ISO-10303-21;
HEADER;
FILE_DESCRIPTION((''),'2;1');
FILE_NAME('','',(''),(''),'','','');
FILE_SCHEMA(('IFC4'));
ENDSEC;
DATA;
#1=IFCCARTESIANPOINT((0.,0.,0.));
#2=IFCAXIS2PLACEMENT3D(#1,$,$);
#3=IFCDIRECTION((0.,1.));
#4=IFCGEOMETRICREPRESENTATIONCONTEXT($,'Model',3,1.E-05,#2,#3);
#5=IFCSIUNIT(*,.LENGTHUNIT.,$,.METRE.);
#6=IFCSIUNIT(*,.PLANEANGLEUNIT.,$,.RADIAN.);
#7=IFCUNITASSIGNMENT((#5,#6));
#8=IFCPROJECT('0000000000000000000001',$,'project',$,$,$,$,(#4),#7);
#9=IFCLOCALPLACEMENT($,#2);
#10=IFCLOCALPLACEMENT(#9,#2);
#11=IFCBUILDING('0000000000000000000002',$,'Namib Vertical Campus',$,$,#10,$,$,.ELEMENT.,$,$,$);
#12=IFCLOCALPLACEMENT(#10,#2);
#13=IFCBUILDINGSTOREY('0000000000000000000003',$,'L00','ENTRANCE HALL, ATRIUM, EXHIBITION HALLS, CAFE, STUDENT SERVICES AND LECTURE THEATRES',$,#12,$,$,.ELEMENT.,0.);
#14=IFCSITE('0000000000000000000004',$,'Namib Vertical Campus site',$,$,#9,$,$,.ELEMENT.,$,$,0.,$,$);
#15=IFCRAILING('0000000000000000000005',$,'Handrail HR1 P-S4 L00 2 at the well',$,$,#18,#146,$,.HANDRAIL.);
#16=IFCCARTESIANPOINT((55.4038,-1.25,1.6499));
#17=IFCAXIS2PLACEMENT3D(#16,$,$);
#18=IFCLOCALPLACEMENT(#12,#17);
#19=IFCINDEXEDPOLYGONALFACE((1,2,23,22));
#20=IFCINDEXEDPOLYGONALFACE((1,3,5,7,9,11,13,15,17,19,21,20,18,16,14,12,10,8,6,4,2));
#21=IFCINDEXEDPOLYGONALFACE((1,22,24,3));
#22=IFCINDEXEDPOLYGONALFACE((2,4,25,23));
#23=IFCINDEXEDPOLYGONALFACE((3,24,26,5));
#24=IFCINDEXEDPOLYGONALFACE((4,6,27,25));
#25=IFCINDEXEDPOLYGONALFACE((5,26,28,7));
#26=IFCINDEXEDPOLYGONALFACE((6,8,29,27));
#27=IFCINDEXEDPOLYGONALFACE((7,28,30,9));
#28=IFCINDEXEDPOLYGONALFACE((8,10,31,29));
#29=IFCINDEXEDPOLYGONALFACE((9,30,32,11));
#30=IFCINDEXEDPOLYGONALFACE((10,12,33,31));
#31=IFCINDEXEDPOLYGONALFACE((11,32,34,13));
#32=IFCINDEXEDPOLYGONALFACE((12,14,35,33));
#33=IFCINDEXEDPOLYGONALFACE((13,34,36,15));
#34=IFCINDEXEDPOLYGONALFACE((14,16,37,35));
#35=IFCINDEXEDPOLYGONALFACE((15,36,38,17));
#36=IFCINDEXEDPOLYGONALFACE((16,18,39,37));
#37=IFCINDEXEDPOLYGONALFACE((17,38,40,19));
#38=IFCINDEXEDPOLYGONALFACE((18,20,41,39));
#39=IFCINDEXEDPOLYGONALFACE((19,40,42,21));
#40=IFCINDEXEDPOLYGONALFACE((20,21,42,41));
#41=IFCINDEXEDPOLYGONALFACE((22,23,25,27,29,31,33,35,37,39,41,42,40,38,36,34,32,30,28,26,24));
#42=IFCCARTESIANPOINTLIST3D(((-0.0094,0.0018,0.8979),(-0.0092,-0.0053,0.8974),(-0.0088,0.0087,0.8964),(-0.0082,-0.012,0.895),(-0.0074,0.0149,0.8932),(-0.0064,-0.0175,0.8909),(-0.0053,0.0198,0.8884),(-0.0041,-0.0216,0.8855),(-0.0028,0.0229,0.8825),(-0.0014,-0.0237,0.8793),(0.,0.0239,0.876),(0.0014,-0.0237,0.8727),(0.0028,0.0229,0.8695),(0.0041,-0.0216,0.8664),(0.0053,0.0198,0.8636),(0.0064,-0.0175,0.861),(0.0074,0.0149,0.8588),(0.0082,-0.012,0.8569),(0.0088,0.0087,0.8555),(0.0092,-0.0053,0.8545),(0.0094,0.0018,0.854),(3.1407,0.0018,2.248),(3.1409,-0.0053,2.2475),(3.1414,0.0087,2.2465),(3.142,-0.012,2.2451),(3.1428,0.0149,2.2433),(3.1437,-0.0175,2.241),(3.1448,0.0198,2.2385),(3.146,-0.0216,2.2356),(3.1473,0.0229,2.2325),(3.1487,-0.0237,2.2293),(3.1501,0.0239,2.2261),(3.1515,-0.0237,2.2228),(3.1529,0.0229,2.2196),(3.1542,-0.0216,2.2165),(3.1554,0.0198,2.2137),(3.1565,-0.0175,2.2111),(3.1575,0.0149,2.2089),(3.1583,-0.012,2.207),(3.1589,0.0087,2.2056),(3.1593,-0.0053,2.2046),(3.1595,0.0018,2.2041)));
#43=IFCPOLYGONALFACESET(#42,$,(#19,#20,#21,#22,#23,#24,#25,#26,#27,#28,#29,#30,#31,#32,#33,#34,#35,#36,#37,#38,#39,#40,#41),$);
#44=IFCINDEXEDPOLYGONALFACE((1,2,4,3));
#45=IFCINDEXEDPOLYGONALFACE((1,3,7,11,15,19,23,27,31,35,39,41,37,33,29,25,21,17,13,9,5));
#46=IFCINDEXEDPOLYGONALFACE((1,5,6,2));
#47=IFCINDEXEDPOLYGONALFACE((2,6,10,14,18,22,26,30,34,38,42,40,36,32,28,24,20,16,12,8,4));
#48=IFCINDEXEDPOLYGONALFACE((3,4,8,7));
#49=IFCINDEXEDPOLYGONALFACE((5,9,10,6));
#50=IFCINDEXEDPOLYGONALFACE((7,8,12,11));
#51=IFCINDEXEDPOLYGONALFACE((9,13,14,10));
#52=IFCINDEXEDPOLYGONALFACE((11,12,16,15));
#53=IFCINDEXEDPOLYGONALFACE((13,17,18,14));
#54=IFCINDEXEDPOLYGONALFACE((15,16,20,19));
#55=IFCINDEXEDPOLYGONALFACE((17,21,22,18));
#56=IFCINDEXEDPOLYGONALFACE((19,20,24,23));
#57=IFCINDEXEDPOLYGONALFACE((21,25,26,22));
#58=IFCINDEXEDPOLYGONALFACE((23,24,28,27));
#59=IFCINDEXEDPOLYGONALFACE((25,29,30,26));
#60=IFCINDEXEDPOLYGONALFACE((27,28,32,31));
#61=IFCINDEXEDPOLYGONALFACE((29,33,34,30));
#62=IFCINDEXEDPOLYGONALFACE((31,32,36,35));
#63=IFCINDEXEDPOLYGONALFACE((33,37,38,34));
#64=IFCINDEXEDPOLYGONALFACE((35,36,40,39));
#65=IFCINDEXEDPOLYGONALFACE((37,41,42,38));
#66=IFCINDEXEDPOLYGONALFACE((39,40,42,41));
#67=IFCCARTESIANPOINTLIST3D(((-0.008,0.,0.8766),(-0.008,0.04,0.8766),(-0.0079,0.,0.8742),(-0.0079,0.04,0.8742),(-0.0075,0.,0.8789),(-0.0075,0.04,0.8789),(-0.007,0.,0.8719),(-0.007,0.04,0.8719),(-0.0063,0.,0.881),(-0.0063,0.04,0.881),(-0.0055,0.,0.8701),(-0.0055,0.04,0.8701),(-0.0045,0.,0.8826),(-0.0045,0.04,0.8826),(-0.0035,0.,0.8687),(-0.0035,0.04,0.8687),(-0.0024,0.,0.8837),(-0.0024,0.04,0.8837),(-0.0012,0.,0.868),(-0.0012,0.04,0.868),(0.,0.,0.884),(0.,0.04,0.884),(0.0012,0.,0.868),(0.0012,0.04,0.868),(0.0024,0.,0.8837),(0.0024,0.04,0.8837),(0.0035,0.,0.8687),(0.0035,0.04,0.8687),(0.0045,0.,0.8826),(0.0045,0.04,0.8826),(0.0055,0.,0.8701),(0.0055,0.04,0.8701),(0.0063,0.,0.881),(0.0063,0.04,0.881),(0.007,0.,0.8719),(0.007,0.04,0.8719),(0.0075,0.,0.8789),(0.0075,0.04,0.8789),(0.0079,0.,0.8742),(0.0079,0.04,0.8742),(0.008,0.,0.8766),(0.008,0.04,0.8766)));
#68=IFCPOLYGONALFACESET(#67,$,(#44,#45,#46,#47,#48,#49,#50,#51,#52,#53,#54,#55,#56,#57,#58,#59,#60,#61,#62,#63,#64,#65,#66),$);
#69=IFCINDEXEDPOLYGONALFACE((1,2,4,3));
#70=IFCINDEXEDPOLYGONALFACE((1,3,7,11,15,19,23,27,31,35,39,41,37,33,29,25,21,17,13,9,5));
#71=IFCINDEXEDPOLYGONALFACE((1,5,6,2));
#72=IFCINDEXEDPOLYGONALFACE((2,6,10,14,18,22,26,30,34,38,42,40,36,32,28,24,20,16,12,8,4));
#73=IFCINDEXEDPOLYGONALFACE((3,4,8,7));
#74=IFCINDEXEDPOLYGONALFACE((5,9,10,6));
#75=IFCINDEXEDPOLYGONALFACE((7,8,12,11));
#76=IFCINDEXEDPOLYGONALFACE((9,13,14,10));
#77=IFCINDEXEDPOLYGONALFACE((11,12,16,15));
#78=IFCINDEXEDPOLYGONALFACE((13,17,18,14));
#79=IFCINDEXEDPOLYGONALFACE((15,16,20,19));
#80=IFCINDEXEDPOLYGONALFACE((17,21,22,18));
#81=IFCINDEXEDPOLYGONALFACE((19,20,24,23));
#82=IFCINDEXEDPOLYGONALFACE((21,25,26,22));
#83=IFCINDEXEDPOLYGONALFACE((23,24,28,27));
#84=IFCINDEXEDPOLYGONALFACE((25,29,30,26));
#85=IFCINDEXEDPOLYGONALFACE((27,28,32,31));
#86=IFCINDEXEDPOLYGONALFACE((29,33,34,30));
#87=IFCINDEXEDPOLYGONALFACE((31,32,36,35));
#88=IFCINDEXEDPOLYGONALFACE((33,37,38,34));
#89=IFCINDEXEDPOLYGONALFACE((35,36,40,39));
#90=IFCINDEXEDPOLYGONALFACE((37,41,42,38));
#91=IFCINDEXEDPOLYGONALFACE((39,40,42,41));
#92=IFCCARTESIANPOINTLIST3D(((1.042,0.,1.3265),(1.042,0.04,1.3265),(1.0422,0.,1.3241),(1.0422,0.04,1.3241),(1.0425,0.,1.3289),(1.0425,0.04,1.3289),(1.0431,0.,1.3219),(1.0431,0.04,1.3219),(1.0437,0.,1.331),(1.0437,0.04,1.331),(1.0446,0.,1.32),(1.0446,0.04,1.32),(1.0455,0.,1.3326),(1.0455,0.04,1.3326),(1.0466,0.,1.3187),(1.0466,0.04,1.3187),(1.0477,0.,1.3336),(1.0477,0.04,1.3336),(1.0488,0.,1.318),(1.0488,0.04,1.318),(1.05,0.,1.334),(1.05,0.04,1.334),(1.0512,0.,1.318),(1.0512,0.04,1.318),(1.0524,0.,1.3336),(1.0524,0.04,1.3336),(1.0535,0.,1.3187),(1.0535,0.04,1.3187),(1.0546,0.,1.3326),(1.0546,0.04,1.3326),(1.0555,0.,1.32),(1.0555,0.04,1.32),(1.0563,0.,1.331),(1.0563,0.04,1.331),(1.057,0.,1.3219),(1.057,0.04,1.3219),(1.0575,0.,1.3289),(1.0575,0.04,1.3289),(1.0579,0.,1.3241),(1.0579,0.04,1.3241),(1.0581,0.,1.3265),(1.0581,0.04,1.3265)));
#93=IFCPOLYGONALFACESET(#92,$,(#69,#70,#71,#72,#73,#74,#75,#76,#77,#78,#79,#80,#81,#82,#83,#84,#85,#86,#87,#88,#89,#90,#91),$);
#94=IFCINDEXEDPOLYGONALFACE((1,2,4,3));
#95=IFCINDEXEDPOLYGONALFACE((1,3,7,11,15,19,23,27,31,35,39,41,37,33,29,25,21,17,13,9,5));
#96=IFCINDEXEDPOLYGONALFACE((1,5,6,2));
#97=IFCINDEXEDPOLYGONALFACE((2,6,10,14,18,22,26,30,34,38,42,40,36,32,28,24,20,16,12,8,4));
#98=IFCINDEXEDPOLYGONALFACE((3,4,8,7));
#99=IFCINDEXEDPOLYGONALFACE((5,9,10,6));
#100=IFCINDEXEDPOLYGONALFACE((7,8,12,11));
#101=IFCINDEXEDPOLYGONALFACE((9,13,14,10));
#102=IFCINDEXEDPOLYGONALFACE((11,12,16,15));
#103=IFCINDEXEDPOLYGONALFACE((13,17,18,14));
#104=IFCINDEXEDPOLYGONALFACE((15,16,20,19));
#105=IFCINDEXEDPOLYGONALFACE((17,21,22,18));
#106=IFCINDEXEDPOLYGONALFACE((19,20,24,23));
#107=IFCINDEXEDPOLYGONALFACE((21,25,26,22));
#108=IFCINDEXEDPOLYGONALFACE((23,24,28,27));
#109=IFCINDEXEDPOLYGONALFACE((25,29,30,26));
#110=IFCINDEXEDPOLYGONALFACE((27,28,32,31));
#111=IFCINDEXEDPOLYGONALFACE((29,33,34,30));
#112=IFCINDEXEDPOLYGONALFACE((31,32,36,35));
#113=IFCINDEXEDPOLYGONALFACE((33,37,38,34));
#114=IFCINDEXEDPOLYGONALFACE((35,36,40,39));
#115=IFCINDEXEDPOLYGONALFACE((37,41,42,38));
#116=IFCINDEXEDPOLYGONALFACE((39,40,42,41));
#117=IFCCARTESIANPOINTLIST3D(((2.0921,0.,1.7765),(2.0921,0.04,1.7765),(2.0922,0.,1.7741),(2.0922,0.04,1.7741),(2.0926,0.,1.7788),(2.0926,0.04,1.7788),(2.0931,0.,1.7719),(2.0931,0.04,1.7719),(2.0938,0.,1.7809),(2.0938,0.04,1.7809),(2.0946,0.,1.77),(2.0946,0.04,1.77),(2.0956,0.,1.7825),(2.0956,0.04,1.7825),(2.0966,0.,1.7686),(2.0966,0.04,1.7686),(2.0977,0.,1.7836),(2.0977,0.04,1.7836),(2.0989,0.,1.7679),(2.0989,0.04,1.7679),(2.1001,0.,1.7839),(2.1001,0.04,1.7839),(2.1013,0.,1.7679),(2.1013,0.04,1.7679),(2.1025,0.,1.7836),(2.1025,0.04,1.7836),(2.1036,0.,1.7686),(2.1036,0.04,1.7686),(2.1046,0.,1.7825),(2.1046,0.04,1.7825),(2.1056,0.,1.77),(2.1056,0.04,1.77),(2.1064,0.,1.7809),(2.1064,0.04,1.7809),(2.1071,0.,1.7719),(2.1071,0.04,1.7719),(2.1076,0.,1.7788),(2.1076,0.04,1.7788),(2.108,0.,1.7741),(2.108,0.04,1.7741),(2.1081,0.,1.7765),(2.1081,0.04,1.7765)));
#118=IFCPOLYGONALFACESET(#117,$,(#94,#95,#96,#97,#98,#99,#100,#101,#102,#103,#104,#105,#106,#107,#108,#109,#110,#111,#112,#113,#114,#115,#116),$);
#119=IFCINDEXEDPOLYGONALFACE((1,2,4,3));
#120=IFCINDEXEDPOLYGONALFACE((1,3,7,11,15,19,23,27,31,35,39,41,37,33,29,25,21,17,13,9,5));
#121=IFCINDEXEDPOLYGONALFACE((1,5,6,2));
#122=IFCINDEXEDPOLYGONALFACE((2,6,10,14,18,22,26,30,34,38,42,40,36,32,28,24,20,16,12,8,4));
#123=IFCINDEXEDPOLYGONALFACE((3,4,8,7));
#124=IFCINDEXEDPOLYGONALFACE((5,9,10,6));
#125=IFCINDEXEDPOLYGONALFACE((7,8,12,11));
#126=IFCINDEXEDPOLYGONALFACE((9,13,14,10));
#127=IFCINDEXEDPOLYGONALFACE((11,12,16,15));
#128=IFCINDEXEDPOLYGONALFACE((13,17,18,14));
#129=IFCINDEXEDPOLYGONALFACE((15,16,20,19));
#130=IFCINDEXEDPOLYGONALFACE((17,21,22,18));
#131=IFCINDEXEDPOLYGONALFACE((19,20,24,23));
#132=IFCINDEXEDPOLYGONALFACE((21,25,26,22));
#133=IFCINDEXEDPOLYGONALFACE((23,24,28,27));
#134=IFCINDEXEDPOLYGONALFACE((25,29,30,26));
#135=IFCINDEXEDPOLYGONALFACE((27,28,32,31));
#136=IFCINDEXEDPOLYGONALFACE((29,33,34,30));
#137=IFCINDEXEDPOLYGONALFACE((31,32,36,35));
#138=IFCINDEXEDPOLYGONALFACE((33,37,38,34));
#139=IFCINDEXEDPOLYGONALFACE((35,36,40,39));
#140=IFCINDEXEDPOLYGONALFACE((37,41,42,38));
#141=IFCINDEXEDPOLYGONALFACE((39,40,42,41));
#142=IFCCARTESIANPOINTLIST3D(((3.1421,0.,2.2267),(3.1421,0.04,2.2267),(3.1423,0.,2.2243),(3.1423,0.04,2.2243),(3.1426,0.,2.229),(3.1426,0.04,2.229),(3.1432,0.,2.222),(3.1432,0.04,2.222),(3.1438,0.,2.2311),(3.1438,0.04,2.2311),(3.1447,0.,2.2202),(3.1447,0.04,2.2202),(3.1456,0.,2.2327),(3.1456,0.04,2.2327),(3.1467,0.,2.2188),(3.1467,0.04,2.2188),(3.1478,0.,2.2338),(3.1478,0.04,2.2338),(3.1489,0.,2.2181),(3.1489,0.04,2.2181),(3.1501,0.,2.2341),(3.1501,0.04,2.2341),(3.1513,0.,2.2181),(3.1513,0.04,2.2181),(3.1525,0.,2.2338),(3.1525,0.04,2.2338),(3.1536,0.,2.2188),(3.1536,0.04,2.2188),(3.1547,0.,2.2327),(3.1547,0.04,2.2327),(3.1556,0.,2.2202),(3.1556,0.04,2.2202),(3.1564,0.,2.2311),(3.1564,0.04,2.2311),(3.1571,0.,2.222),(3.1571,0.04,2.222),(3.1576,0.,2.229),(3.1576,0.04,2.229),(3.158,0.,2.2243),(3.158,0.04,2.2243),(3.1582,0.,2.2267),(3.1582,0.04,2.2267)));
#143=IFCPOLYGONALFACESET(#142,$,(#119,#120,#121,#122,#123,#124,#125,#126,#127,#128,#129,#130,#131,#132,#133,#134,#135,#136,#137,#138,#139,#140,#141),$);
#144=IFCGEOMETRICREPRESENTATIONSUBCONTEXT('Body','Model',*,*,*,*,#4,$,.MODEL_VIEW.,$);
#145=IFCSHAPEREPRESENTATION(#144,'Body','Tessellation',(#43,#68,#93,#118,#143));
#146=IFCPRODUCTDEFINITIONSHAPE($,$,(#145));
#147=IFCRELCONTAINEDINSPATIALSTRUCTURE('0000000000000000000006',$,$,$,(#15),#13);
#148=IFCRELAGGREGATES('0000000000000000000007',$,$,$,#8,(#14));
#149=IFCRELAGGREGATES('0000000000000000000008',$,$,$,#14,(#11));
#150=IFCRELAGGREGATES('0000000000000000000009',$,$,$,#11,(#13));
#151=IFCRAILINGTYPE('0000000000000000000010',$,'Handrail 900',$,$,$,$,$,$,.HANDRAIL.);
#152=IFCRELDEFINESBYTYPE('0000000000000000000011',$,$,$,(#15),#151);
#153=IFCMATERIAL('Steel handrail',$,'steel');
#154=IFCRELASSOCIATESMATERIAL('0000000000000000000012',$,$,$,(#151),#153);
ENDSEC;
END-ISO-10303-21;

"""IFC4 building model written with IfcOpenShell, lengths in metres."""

from ifc_helpers import new_model, si_unit, direction, frame, origin, origin_2d, place, context, subcontext, project, spatial, circle, extrude, material, type_object, element, save


model = new_model("IFC4")

# Units and contexts
model_context = context("Model", 3, precision=1e-05, world=origin(), true_north=direction((0.0, 1.0)))
body_context = subcontext(model_context, "Body", "Model", "MODEL_VIEW")
ifc_project = project(units=[si_unit("LENGTHUNIT", "METRE"), si_unit("PLANEANGLEUNIT", "RADIAN")], contexts=[model_context])

# Site, building, storey
site_placement = place(None, origin())
site = spatial("IfcSite", under=ifc_project, at=site_placement, Name="Namib Vertical Campus site", CompositionType="ELEMENT", RefElevation=0.0)
building_placement = place(site_placement, origin())
building = spatial("IfcBuilding", under=site, at=building_placement, Name="Namib Vertical Campus", CompositionType="ELEMENT")
storey_placement = place(building_placement, origin())
storey = spatial("IfcBuildingStorey", under=building, at=storey_placement, Name="L00", Description="ENTRANCE HALL, ATRIUM, EXHIBITION HALLS, CAFE, STUDENT SERVICES AND LECTURE THEATRES", CompositionType="ELEMENT", Elevation=0.0)

# Railing
ifc_material_1 = material(Name="Steel handrail", Category="steel")
railing_type_1 = type_object("IfcRailingType", Name="Handrail 900", PredefinedType="HANDRAIL", material=ifc_material_1)
railing_1_placement = place(storey_placement, frame((55.4038, -1.25, 1.6499)))
element("IfcRailing", 1, at=railing_1_placement, inside=storey, type_object=railing_type_1, Name="Handrail HR1 P-S4 L00 2 at the well", PredefinedType="HANDRAIL", context=body_context, shape_type="SweptSolid", body=[
    extrude(circle(Radius=0.0239, at=origin_2d()), frame((0.0, 0.0, 0.876), z_axis=(0.919141, 0.0, 0.393928), x_axis=(0.0, 1.0, 0.0)), (0.0, 0.0, 1.0), 3.4272),
    extrude(circle(Radius=0.0081, at=origin_2d()), frame((0.0, 0.0, 0.876), z_axis=(0.0, 1.0, 0.0), x_axis=(0.0, 0.0, 1.0)), (0.0, 0.0, 1.0), 0.04),
    extrude(circle(Radius=0.0081, at=origin_2d()), frame((1.05, 0.0, 1.3259), z_axis=(0.0, 1.0, 0.0), x_axis=(0.0, 0.0, 1.0)), (0.0, 0.0, 1.0), 0.04),
    extrude(circle(Radius=0.0081, at=origin_2d()), frame((2.1001, 0.0, 1.7759), z_axis=(0.0, 1.0, 0.0), x_axis=(0.0, 0.0, 1.0)), (0.0, 0.0, 1.0), 0.04),
    extrude(circle(Radius=0.0081, at=origin_2d()), frame((3.1501, 0.0, 2.2261), z_axis=(0.0, 1.0, 0.0), x_axis=(0.0, 0.0, 1.0)), (0.0, 0.0, 1.0), 0.04),
])

save(model, "model.ifc")
